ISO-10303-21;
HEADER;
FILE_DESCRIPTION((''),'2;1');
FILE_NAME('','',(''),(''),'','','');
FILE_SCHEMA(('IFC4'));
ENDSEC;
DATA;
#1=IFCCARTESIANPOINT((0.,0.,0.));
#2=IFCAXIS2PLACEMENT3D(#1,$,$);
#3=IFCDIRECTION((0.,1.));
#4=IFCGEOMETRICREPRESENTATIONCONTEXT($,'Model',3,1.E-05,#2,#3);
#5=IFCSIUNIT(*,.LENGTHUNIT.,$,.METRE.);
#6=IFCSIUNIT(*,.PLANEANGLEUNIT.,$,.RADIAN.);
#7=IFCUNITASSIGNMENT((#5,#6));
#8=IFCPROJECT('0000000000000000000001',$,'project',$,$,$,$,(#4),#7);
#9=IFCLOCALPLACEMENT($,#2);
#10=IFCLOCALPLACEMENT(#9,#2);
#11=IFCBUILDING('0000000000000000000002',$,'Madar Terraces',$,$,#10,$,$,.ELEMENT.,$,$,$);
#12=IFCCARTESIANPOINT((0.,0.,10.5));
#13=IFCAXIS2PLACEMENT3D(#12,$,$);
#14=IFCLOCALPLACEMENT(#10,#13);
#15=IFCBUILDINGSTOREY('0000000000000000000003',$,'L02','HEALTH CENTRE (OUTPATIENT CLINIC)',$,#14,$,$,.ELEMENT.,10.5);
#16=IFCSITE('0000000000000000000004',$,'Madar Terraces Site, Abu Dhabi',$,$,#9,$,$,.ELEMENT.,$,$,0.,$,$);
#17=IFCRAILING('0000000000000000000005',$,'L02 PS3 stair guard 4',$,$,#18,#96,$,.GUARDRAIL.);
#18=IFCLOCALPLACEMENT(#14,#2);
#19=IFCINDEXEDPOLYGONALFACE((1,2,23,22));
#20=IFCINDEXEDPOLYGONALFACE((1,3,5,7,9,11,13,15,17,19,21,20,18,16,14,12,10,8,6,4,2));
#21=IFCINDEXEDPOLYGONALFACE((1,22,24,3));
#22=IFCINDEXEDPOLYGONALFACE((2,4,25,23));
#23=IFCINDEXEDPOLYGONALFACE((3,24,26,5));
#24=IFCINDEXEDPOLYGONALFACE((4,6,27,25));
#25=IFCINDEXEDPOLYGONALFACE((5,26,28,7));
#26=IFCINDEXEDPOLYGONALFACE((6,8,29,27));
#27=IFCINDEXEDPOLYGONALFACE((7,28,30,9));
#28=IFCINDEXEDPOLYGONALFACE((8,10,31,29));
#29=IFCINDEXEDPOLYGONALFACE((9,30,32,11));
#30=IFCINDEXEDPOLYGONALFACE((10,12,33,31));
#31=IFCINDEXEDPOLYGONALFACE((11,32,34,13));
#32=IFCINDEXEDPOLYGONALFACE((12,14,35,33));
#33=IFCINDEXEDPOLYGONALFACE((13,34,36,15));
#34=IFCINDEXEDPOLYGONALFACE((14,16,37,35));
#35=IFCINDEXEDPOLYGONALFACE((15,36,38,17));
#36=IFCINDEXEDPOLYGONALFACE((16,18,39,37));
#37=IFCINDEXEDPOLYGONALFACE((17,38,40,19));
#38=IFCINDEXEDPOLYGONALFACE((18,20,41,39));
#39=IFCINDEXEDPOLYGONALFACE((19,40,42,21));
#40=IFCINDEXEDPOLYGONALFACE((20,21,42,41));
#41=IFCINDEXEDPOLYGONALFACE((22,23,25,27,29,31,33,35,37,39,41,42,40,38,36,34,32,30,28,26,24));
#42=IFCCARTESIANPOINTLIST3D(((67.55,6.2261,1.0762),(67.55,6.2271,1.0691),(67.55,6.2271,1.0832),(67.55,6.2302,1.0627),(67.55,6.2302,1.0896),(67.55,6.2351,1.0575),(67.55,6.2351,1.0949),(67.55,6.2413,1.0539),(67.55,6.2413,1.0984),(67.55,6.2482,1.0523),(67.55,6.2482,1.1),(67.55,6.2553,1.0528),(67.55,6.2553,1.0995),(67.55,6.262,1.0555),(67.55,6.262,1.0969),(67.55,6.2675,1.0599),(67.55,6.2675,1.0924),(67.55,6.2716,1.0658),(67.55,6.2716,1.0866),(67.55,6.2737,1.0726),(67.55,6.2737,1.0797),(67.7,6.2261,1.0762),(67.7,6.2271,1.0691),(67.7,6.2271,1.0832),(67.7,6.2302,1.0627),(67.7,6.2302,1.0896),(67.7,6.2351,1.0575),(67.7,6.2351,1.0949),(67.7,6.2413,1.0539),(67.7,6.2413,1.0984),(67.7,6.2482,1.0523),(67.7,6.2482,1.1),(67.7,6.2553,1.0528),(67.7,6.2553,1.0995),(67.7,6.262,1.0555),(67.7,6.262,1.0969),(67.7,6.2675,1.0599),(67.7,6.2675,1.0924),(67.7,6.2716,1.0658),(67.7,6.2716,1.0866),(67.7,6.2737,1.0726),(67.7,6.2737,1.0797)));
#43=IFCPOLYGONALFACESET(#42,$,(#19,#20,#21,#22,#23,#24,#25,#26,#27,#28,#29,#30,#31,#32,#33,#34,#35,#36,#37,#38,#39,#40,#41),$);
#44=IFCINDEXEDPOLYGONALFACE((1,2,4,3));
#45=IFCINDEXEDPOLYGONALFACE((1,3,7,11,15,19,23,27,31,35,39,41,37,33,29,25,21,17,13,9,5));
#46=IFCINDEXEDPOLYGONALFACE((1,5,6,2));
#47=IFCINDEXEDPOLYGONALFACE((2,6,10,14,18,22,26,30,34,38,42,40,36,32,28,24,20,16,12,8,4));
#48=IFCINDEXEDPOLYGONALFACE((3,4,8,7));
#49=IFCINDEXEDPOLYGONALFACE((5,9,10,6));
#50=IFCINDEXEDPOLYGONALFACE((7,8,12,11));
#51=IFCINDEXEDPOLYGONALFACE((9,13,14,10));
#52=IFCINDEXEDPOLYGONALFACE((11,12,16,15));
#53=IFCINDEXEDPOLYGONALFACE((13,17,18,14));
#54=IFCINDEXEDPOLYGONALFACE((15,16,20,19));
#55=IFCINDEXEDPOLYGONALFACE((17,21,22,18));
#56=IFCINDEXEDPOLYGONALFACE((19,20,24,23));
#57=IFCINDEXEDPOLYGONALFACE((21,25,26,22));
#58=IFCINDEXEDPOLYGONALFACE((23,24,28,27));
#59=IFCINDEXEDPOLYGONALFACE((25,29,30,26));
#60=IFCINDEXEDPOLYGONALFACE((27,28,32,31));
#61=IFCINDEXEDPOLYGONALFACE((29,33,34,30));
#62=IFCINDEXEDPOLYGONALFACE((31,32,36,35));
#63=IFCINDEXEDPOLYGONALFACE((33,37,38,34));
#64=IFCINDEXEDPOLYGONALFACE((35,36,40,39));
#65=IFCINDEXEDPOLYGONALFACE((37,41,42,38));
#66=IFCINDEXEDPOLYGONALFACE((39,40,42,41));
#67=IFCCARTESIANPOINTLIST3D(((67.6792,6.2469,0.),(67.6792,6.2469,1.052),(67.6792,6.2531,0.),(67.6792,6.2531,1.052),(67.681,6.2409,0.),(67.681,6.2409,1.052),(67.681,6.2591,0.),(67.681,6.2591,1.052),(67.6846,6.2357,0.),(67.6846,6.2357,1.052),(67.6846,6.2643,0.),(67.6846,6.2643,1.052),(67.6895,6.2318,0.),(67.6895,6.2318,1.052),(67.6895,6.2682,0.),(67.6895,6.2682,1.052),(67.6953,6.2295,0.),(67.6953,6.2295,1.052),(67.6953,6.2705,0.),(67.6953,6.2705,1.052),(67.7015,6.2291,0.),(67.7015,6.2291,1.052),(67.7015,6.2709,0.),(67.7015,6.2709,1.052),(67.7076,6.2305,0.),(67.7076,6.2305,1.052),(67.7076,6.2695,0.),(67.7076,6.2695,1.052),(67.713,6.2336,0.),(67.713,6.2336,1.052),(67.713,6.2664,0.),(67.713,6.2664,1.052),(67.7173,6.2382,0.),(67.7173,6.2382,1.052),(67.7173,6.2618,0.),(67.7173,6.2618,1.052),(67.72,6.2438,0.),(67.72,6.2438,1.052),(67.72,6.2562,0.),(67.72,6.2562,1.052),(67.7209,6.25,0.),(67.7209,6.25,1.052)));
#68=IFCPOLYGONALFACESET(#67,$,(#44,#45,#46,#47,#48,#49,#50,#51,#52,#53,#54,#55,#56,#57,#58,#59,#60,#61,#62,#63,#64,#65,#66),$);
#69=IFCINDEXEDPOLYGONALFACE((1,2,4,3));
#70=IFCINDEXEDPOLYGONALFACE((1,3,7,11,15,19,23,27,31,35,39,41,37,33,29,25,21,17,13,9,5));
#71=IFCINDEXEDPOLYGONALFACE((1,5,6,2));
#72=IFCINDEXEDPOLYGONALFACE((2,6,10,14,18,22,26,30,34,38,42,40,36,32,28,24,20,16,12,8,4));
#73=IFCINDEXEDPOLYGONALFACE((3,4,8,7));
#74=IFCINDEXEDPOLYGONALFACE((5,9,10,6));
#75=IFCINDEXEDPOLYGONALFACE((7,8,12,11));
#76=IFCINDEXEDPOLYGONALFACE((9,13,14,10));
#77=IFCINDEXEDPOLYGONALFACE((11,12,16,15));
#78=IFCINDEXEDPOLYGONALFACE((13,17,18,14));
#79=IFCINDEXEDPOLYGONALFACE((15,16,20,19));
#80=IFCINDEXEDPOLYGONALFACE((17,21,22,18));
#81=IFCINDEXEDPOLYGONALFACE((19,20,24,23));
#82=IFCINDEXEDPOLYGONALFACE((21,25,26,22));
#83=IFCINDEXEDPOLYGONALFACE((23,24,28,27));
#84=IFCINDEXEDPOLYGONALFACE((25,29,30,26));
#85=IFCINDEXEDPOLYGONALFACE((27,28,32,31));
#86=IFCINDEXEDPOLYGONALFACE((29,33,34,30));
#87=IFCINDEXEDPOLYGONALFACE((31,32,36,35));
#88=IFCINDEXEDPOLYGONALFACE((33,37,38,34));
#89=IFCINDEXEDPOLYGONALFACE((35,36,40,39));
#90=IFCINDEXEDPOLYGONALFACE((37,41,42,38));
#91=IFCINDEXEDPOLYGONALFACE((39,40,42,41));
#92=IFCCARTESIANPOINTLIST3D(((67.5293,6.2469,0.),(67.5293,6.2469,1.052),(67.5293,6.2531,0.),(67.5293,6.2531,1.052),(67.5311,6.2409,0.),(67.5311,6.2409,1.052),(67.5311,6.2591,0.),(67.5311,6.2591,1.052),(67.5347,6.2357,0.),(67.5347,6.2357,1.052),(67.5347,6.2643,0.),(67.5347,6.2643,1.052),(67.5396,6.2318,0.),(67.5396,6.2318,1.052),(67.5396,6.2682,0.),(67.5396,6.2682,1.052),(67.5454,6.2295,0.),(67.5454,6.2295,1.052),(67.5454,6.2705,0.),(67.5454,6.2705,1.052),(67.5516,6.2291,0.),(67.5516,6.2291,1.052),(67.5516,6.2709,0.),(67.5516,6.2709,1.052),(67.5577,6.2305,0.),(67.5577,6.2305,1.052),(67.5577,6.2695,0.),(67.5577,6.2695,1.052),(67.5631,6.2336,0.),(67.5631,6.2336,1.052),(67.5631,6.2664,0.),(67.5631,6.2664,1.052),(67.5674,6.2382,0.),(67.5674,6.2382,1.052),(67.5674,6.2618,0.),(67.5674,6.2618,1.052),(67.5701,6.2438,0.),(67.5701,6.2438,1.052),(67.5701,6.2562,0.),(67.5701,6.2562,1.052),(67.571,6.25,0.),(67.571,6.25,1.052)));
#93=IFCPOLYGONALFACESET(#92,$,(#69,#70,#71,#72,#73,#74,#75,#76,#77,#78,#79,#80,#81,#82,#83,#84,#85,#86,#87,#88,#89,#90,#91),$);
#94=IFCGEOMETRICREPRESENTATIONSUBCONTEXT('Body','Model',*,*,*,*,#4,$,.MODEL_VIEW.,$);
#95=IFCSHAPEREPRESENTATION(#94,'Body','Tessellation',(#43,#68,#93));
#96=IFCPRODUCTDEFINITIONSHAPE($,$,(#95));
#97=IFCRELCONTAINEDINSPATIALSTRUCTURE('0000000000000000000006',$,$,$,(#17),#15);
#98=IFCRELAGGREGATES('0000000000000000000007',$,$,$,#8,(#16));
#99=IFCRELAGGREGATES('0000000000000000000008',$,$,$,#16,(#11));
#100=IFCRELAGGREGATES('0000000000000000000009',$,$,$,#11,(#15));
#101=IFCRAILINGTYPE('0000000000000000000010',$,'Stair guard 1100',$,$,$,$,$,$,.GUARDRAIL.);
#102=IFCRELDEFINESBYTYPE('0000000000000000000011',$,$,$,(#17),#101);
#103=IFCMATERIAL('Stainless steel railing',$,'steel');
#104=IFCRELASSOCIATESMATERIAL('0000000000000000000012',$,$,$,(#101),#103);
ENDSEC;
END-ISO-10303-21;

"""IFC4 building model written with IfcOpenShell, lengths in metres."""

from ifc_helpers import new_model, si_unit, direction, frame, origin, origin_2d, place, context, subcontext, project, spatial, circle, extrude, material, type_object, element, save


model = new_model("IFC4")

# Units and contexts
model_context = context("Model", 3, precision=1e-05, world=origin(), true_north=direction((0.0, 1.0)))
body_context = subcontext(model_context, "Body", "Model", "MODEL_VIEW")
ifc_project = project(units=[si_unit("LENGTHUNIT", "METRE"), si_unit("PLANEANGLEUNIT", "RADIAN")], contexts=[model_context])

# Site, building, storey
site_placement = place(None, origin())
site = spatial("IfcSite", under=ifc_project, at=site_placement, Name="Madar Terraces Site, Abu Dhabi", CompositionType="ELEMENT", RefElevation=0.0)
building_placement = place(site_placement, origin())
building = spatial("IfcBuilding", under=site, at=building_placement, Name="Madar Terraces", CompositionType="ELEMENT")
storey_placement = place(building_placement, frame((0.0, 0.0, 10.5)))
storey = spatial("IfcBuildingStorey", under=building, at=storey_placement, Name="L02", Description="HEALTH CENTRE (OUTPATIENT CLINIC)", CompositionType="ELEMENT", Elevation=10.5)

# Railing
ifc_material_1 = material(Name="Stainless steel railing", Category="steel")
railing_type_1 = type_object("IfcRailingType", Name="Stair guard 1100", PredefinedType="GUARDRAIL", material=ifc_material_1)
railing_1_placement = place(storey_placement, frame((67.7, 6.25, 0.0)))
element("IfcRailing", 1, at=railing_1_placement, inside=storey, type_object=railing_type_1, Name="L02 PS3 stair guard 4", PredefinedType="GUARDRAIL", context=body_context, shape_type="SweptSolid", body=[
    extrude(circle(Radius=0.0239, at=origin_2d()), frame((0.0, 0.0, 1.0762), z_axis=(-1.0, 0.0, 0.0), x_axis=(0.0, -1.0, 0.0)), (0.0, 0.0, 1.0), 0.1499),
    extrude(circle(Radius=0.021, at=origin_2d()), origin(), (0.0, 0.0, 1.0), 1.052),
    extrude(circle(Radius=0.021, at=origin_2d()), frame((-0.1499, 0.0, 0.0)), (0.0, 0.0, 1.0), 1.052),
])

save(model, "model.ifc")
